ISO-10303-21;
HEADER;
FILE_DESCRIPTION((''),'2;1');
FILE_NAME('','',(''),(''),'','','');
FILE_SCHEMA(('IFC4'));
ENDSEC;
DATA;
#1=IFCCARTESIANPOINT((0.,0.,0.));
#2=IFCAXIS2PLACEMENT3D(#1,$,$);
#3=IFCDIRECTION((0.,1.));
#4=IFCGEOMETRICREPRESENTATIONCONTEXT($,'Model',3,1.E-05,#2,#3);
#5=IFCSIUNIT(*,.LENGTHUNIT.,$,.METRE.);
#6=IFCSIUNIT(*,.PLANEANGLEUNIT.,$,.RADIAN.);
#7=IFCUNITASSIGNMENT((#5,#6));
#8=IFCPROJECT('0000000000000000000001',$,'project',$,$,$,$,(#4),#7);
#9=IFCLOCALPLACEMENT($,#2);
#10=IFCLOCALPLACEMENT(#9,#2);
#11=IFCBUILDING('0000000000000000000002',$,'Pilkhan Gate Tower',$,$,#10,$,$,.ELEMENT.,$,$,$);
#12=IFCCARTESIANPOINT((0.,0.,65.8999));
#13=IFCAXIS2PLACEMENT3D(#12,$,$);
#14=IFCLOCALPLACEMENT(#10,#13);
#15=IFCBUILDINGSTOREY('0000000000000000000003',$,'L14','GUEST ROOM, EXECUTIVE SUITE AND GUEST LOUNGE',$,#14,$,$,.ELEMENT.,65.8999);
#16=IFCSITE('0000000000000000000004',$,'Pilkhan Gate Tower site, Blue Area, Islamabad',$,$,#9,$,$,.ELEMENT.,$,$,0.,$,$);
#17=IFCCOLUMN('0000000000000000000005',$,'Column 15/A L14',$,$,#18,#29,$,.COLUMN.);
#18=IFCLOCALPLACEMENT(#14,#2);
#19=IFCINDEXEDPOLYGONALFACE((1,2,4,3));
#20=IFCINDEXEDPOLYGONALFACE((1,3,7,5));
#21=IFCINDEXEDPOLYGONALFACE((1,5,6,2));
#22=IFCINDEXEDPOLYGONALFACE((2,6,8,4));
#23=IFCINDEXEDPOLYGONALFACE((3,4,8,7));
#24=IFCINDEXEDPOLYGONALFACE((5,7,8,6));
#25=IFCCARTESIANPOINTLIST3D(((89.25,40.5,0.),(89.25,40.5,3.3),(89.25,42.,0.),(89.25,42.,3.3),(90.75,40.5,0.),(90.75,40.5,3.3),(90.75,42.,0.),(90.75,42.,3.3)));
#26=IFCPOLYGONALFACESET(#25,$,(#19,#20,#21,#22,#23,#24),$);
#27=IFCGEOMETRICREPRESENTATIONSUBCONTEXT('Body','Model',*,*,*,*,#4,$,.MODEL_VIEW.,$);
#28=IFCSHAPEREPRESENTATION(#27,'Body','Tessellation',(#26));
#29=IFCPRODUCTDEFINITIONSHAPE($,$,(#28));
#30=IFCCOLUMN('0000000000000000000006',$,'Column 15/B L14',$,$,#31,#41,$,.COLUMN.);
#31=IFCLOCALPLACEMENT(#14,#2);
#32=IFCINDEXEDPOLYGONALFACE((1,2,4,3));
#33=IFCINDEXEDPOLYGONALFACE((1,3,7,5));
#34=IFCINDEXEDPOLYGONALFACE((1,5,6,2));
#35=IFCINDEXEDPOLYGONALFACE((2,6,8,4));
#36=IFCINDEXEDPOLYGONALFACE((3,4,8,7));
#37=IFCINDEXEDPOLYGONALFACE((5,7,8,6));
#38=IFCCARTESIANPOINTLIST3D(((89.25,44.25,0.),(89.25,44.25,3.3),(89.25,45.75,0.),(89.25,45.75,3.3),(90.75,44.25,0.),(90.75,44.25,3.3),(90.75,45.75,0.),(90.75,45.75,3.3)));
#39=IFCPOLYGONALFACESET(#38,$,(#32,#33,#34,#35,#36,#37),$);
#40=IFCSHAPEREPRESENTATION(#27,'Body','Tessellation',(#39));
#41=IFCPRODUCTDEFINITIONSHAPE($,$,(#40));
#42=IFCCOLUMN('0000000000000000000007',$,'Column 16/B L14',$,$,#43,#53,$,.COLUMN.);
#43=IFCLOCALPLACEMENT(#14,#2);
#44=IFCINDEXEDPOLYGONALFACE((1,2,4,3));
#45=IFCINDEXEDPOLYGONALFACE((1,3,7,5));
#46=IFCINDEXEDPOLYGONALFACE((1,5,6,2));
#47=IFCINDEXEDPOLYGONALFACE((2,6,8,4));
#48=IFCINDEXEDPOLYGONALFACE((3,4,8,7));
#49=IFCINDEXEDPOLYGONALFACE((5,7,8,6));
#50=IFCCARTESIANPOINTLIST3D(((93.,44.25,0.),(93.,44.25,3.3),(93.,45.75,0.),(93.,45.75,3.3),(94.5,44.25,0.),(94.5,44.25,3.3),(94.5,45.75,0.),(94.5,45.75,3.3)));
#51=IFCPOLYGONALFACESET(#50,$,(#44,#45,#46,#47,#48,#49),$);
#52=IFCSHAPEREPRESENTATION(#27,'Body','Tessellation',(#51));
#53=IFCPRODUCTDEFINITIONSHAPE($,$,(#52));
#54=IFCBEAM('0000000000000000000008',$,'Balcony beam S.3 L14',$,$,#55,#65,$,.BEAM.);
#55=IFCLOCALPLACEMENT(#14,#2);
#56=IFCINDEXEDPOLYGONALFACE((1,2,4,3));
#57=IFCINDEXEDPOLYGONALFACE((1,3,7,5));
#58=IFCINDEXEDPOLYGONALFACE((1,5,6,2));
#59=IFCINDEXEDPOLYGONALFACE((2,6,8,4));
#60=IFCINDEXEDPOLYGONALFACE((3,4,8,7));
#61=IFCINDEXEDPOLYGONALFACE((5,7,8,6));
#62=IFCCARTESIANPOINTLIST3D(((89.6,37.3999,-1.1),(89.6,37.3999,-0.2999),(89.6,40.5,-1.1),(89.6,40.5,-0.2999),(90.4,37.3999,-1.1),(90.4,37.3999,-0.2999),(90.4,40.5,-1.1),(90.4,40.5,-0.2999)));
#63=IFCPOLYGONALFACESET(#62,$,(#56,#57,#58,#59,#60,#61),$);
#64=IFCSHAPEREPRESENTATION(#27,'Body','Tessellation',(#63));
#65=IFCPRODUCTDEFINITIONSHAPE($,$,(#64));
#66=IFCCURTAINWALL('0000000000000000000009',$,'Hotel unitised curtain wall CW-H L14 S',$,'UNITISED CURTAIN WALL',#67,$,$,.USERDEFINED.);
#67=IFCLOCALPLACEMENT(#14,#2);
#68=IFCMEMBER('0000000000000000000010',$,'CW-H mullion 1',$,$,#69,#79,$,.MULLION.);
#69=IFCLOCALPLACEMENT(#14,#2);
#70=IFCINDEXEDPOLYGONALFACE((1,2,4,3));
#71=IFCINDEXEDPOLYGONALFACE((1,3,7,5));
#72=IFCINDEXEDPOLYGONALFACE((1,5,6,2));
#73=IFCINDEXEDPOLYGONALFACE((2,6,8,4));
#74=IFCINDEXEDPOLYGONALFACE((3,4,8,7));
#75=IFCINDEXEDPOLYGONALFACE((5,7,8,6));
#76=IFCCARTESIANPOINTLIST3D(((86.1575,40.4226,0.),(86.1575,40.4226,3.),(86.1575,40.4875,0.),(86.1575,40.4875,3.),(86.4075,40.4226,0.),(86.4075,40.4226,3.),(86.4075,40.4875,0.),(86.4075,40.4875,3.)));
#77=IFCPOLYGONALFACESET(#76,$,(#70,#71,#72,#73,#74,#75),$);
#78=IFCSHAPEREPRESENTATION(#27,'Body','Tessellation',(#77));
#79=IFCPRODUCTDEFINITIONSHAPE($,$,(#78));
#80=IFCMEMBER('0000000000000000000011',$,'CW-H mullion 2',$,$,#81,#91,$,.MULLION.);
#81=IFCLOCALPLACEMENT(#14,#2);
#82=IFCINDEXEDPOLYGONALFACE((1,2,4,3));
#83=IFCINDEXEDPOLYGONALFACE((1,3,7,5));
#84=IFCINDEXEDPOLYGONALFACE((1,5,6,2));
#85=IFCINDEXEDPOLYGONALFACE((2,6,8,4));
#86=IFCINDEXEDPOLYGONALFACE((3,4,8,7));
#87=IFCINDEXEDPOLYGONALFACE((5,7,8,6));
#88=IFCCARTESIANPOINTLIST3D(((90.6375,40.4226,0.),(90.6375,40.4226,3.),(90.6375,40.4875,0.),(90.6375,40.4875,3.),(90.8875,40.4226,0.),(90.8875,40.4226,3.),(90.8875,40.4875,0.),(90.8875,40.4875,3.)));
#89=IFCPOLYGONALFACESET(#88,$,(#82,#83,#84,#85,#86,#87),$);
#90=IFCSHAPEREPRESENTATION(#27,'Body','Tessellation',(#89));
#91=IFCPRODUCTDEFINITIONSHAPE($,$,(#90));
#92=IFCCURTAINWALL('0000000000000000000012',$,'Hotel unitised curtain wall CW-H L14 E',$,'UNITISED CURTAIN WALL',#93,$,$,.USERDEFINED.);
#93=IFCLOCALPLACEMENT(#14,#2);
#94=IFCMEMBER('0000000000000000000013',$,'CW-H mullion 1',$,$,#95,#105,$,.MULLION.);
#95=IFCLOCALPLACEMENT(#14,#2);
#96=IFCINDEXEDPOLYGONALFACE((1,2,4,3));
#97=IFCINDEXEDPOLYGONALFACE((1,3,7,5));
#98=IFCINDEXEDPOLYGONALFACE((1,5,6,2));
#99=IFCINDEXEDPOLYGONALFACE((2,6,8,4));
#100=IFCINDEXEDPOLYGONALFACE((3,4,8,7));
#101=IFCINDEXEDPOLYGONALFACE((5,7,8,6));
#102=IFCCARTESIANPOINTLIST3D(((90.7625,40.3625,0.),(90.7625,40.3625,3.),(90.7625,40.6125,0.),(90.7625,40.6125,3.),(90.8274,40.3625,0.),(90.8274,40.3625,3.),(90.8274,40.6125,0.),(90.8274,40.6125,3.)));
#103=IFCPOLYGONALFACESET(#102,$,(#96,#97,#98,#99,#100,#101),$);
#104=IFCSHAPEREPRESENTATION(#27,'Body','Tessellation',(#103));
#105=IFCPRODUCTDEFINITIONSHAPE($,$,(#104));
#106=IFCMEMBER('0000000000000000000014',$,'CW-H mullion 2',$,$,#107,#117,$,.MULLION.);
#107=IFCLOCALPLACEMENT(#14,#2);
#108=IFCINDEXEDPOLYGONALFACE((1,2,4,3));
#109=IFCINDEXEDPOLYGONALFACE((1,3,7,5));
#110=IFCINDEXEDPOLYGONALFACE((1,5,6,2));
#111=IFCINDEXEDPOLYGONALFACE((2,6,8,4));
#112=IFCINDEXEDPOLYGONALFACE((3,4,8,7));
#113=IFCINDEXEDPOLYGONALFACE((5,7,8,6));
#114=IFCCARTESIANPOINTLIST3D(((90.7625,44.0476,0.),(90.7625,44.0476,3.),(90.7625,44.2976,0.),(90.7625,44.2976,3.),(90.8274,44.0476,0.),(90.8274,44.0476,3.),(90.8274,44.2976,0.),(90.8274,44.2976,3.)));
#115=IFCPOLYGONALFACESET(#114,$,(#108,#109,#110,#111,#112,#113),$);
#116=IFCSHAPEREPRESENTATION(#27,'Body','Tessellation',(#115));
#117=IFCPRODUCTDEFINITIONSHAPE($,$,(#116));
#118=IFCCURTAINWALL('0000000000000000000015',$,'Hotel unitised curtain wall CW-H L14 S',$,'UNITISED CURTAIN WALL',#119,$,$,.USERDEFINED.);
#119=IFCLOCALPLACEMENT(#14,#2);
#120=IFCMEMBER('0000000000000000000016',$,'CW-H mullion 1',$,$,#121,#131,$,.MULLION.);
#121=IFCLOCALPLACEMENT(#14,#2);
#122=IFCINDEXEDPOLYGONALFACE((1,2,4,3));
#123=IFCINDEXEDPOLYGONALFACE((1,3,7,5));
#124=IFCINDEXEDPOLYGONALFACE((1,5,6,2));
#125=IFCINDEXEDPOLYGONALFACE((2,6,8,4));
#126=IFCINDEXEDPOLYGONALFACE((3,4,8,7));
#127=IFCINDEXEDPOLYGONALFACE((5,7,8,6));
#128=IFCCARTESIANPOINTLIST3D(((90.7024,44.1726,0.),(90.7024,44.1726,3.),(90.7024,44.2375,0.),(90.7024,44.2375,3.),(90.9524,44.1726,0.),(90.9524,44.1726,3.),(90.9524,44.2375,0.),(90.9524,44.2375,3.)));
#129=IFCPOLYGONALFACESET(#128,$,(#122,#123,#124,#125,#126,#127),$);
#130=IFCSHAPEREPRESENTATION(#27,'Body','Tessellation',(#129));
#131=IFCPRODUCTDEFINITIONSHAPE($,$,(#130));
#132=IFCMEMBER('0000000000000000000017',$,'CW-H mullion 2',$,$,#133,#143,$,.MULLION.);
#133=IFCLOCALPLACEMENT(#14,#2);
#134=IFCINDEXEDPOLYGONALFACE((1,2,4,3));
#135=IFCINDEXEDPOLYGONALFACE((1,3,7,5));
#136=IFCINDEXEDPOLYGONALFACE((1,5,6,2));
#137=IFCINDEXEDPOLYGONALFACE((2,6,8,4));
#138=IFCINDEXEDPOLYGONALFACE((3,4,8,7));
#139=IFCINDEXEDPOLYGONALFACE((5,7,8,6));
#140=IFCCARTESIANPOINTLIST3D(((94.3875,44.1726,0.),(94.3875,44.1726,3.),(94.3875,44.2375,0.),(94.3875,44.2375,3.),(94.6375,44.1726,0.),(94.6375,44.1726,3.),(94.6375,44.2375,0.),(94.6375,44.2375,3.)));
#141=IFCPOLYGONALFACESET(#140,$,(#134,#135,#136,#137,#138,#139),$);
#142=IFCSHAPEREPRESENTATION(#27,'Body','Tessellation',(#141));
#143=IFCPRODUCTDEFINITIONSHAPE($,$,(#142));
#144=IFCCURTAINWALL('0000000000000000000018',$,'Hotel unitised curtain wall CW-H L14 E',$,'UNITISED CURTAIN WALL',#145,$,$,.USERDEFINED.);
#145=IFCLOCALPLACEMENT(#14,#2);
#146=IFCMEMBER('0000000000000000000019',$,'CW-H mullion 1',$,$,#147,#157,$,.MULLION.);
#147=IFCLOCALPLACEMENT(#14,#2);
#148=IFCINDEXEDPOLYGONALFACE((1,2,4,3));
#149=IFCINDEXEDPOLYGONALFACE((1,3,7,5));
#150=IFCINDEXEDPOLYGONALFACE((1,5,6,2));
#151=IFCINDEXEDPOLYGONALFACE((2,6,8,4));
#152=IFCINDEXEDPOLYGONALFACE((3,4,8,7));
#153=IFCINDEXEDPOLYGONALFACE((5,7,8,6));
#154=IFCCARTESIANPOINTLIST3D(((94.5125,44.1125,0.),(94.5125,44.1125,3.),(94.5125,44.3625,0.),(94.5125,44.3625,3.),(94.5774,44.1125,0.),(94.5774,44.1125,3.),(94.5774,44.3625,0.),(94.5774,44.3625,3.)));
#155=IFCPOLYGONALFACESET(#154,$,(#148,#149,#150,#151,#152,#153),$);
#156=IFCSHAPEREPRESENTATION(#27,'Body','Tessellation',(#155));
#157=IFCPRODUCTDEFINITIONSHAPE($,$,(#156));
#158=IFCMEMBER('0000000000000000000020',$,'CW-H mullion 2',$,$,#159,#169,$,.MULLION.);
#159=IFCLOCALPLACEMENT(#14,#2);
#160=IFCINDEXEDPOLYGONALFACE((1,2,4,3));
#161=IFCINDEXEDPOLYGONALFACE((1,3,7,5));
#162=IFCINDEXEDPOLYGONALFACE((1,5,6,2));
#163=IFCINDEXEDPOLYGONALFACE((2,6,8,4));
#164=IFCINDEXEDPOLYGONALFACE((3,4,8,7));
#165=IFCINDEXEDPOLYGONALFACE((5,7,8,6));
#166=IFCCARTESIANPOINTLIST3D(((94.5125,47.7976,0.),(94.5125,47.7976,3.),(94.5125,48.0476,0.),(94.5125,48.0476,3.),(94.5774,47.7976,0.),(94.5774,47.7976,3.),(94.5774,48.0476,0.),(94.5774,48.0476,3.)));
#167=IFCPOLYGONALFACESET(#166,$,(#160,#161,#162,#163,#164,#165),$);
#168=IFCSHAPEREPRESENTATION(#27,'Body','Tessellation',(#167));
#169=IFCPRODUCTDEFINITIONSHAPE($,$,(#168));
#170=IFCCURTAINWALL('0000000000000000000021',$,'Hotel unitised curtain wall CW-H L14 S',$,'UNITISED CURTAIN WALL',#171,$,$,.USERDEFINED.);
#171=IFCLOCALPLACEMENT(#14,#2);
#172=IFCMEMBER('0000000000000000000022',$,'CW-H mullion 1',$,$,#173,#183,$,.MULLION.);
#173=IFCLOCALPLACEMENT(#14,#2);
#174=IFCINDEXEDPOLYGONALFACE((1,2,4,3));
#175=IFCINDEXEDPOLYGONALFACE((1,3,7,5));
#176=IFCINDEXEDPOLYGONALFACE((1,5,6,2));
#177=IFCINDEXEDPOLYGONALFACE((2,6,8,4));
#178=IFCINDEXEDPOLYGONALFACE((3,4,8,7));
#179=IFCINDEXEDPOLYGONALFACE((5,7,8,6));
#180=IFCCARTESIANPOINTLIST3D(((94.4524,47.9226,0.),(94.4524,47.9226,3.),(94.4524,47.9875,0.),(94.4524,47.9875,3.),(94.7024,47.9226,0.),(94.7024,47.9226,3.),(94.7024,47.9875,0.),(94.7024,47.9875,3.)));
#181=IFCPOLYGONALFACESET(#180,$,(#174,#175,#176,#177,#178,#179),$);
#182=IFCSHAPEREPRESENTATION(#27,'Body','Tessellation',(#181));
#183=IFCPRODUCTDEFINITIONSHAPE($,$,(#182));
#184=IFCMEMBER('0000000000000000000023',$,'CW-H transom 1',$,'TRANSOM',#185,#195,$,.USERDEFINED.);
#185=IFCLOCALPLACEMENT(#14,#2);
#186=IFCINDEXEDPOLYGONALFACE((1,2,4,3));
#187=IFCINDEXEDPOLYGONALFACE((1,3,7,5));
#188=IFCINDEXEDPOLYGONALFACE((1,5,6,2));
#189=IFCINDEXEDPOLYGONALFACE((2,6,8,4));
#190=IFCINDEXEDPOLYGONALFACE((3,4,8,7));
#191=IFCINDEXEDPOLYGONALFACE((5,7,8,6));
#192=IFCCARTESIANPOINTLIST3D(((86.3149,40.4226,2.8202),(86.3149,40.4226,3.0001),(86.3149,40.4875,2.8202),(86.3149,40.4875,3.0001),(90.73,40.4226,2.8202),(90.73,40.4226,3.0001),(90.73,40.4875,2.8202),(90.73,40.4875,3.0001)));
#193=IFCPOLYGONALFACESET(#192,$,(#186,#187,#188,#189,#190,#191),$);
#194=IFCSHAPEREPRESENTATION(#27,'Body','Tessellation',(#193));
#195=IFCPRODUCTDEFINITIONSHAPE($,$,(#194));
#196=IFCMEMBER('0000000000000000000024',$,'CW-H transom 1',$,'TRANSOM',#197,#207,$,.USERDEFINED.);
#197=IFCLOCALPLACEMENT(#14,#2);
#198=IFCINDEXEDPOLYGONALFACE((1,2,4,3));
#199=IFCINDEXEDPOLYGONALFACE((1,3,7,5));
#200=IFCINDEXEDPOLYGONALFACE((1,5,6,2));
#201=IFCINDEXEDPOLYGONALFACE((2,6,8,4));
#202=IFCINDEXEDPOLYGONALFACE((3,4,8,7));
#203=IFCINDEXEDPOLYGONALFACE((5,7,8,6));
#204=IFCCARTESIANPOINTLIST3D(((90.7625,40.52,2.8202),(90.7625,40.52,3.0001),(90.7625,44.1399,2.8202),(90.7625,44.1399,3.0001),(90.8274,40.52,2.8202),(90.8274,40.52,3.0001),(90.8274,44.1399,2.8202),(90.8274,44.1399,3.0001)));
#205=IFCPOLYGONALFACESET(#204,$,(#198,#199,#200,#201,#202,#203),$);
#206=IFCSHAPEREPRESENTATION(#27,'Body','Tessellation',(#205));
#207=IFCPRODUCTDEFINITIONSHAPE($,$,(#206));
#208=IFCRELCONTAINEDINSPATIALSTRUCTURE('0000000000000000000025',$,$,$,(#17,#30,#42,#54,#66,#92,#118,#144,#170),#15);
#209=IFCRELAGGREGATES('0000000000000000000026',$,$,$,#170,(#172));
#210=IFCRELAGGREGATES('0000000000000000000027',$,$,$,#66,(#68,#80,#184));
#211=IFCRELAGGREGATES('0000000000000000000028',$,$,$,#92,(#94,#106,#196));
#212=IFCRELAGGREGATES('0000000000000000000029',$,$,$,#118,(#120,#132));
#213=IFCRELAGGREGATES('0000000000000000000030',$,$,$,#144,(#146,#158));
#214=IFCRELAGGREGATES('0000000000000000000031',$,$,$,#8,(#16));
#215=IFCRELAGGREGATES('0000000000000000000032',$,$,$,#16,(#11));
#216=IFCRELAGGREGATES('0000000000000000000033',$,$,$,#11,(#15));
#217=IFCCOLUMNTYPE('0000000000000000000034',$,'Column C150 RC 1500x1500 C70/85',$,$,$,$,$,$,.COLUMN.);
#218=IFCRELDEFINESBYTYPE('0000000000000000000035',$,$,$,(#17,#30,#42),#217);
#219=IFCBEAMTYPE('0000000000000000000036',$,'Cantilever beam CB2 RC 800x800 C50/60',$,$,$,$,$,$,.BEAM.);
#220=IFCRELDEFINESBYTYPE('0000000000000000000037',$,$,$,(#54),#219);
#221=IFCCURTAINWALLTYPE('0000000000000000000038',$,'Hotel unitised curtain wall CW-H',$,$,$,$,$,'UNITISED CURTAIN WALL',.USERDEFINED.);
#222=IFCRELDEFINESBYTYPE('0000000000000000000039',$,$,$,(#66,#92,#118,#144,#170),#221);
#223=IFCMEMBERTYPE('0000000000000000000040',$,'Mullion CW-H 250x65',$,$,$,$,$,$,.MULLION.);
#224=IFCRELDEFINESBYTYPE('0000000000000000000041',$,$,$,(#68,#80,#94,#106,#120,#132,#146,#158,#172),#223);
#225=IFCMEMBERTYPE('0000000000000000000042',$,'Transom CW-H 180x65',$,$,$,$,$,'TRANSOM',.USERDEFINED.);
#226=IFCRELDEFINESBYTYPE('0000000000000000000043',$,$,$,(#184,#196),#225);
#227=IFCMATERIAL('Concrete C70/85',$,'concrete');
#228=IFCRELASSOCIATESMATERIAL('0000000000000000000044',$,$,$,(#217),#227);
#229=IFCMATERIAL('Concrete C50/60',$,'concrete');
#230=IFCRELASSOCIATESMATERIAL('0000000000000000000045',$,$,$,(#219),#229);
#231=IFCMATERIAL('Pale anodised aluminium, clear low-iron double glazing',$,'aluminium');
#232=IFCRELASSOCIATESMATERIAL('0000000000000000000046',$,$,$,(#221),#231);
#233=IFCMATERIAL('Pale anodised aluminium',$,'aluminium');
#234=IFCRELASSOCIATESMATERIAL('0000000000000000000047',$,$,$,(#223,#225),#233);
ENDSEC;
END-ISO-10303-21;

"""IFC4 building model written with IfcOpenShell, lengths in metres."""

from ifc_helpers import new_model, si_unit, direction, frame, origin, origin_2d, place, context, subcontext, project, spatial, rectangle, extrude, material, material_profile, profile_set, type_object, element, aggregate, save


model = new_model("IFC4")

# Units and contexts
model_context = context("Model", 3, precision=1e-05, world=origin(), true_north=direction((0.0, 1.0)))
body_context = subcontext(model_context, "Body", "Model", "MODEL_VIEW")
ifc_project = project(units=[si_unit("LENGTHUNIT", "METRE"), si_unit("PLANEANGLEUNIT", "RADIAN")], contexts=[model_context])

# Site, building, storey
site_placement = place(None, origin())
site = spatial("IfcSite", under=ifc_project, at=site_placement, Name="Pilkhan Gate Tower site, Blue Area, Islamabad", CompositionType="ELEMENT", RefElevation=0.0)
building_placement = place(site_placement, origin())
building = spatial("IfcBuilding", under=site, at=building_placement, Name="Pilkhan Gate Tower", CompositionType="ELEMENT")
storey_placement = place(building_placement, frame((0.0, 0.0, 65.8999)))
storey = spatial("IfcBuildingStorey", under=building, at=storey_placement, Name="L14", Description="GUEST ROOM, EXECUTIVE SUITE AND GUEST LOUNGE", CompositionType="ELEMENT", Elevation=65.8999)

# Columns
ifc_material_1 = material(Name="Concrete C70/85", Category="concrete")
ifc_material_profile_1 = material_profile(ifc_material_1, rectangle(XDim=1.5, YDim=1.5, at=origin_2d()), Name="RC 1500x1500")
ifc_profile_set_1 = profile_set([ifc_material_profile_1], Name="Concrete C70/85")
column_type = type_object("IfcColumnType", Name="Column C150 RC 1500x1500 C70/85", PredefinedType="COLUMN", material=ifc_profile_set_1)
for number, where, z_axis, x_axis, name in (
    (1, (90.0, 41.25, 0.0), (0.0, 0.0, 1.0), (1.0, 0.0, 0.0), "Column 15/A L14"),
    (2, (90.0, 45.0, 0.0), (0.0, 0.0, 1.0), (1.0, 0.0, 0.0), "Column 15/B L14"),
    (3, (93.75, 45.0, 0.0), (0.0, 0.0, 1.0), (1.0, 0.0, 0.0), "Column 16/B L14"),
):
    element("IfcColumn", number, at=place(storey_placement, frame(where, z_axis=z_axis, x_axis=x_axis)), inside=storey, type_object=column_type, Name=name, PredefinedType="COLUMN", context=body_context, shape_type="SweptSolid", body=[
        extrude(rectangle(XDim=1.5, YDim=1.5, at=origin_2d()), origin(), (0.0, 0.0, 1.0), 3.3),
    ])

# Beam
ifc_material_2 = material(Name="Concrete C50/60", Category="concrete")
ifc_material_profile_2 = material_profile(ifc_material_2, rectangle(XDim=0.8, YDim=0.8, at=origin_2d()), Name="RC 800x800")
ifc_profile_set_2 = profile_set([ifc_material_profile_2], Name="Concrete C50/60")
beam_type = type_object("IfcBeamType", Name="Cantilever beam CB2 RC 800x800 C50/60", PredefinedType="BEAM", material=ifc_profile_set_2)
beam_placement = place(storey_placement, frame((90.0, 40.5, -0.7), z_axis=(0.0, -1.0, 0.0), x_axis=(1.0, 0.0, 0.0)))
element("IfcBeam", 4, at=beam_placement, inside=storey, type_object=beam_type, Name="Balcony beam S.3 L14", PredefinedType="BEAM", context=body_context, shape_type="SweptSolid", body=[
    extrude(rectangle(XDim=0.8, YDim=0.8, at=origin_2d()), origin(), (0.0, 0.0, 1.0), 3.1001),
])

# Curtain walls, members
ifc_material_3 = material(Name="Pale anodised aluminium, clear low-iron double glazing", Category="aluminium")
curtain_wall_type = type_object("IfcCurtainWallType", Name="Hotel unitised curtain wall CW-H", ElementType="UNITISED CURTAIN WALL", PredefinedType="USERDEFINED", material=ifc_material_3)
curtain_wall_1_placement = place(storey_placement, origin())
curtain_wall_1 = element("IfcCurtainWall", 5, at=curtain_wall_1_placement, inside=storey, type_object=curtain_wall_type, Name="Hotel unitised curtain wall CW-H L14 S", ObjectType="UNITISED CURTAIN WALL", PredefinedType="USERDEFINED")
ifc_material_4 = material(Name="Pale anodised aluminium", Category="aluminium")
ifc_material_profile_3 = material_profile(ifc_material_4, rectangle(XDim=0.0649, YDim=0.25, at=origin_2d()), Name="Mullion 250x65")
ifc_profile_set_3 = profile_set([ifc_material_profile_3], Name="Pale anodised aluminium")
member_type_1 = type_object("IfcMemberType", Name="Mullion CW-H 250x65", PredefinedType="MULLION", material=ifc_profile_set_3)
member_1_placement = place(storey_placement, frame((86.2825, 40.4551, 0.0), z_axis=(0.0, 0.0, 1.0), x_axis=(0.0, 1.0, 0.0)))
member_1 = element("IfcMember", 6, at=member_1_placement, type_object=member_type_1, Name="CW-H mullion 1", PredefinedType="MULLION", context=body_context, shape_type="SweptSolid", body=[
    extrude(rectangle(XDim=0.0649, YDim=0.25, at=origin_2d()), origin(), (0.0, 0.0, 1.0), 3.0),
])
member_2_placement = place(storey_placement, frame((90.7625, 40.4551, 0.0), z_axis=(0.0, 0.0, 1.0), x_axis=(0.0, 1.0, 0.0)))
member_2 = element("IfcMember", 7, at=member_2_placement, type_object=member_type_1, Name="CW-H mullion 2", PredefinedType="MULLION", context=body_context, shape_type="SweptSolid", body=[
    extrude(rectangle(XDim=0.0649, YDim=0.25, at=origin_2d()), origin(), (0.0, 0.0, 1.0), 3.0),
])
curtain_wall_2_placement = place(storey_placement, origin())
curtain_wall_2 = element("IfcCurtainWall", 8, at=curtain_wall_2_placement, inside=storey, type_object=curtain_wall_type, Name="Hotel unitised curtain wall CW-H L14 E", ObjectType="UNITISED CURTAIN WALL", PredefinedType="USERDEFINED")
member_3_placement = place(storey_placement, frame((90.7949, 40.4875, 0.0), z_axis=(0.0, 0.0, 1.0), x_axis=(-1.0, 0.0, 0.0)))
member_3 = element("IfcMember", 9, at=member_3_placement, type_object=member_type_1, Name="CW-H mullion 1", PredefinedType="MULLION", context=body_context, shape_type="SweptSolid", body=[
    extrude(rectangle(XDim=0.0649, YDim=0.25, at=origin_2d()), origin(), (0.0, 0.0, 1.0), 3.0),
])
member_4_placement = place(storey_placement, frame((90.7949, 44.1726, 0.0), z_axis=(0.0, 0.0, 1.0), x_axis=(-1.0, 0.0, 0.0)))
member_4 = element("IfcMember", 10, at=member_4_placement, type_object=member_type_1, Name="CW-H mullion 2", PredefinedType="MULLION", context=body_context, shape_type="SweptSolid", body=[
    extrude(rectangle(XDim=0.0649, YDim=0.25, at=origin_2d()), origin(), (0.0, 0.0, 1.0), 3.0),
])
curtain_wall_3_placement = place(storey_placement, origin())
curtain_wall_3 = element("IfcCurtainWall", 11, at=curtain_wall_3_placement, inside=storey, type_object=curtain_wall_type, Name="Hotel unitised curtain wall CW-H L14 S", ObjectType="UNITISED CURTAIN WALL", PredefinedType="USERDEFINED")
member_5_placement = place(storey_placement, frame((90.8274, 44.2051, 0.0), z_axis=(0.0, 0.0, 1.0), x_axis=(0.0, 1.0, 0.0)))
member_5 = element("IfcMember", 12, at=member_5_placement, type_object=member_type_1, Name="CW-H mullion 1", PredefinedType="MULLION", context=body_context, shape_type="SweptSolid", body=[
    extrude(rectangle(XDim=0.0649, YDim=0.25, at=origin_2d()), origin(), (0.0, 0.0, 1.0), 3.0),
])
member_6_placement = place(storey_placement, frame((94.5125, 44.2051, 0.0), z_axis=(0.0, 0.0, 1.0), x_axis=(0.0, 1.0, 0.0)))
member_6 = element("IfcMember", 13, at=member_6_placement, type_object=member_type_1, Name="CW-H mullion 2", PredefinedType="MULLION", context=body_context, shape_type="SweptSolid", body=[
    extrude(rectangle(XDim=0.0649, YDim=0.25, at=origin_2d()), origin(), (0.0, 0.0, 1.0), 3.0),
])
curtain_wall_4_placement = place(storey_placement, origin())
curtain_wall_4 = element("IfcCurtainWall", 14, at=curtain_wall_4_placement, inside=storey, type_object=curtain_wall_type, Name="Hotel unitised curtain wall CW-H L14 E", ObjectType="UNITISED CURTAIN WALL", PredefinedType="USERDEFINED")
member_7_placement = place(storey_placement, frame((94.5449, 44.2375, 0.0), z_axis=(0.0, 0.0, 1.0), x_axis=(-1.0, 0.0, 0.0)))
member_7 = element("IfcMember", 15, at=member_7_placement, type_object=member_type_1, Name="CW-H mullion 1", PredefinedType="MULLION", context=body_context, shape_type="SweptSolid", body=[
    extrude(rectangle(XDim=0.0649, YDim=0.25, at=origin_2d()), origin(), (0.0, 0.0, 1.0), 3.0),
])
member_8_placement = place(storey_placement, frame((94.5449, 47.9226, 0.0), z_axis=(0.0, 0.0, 1.0), x_axis=(-1.0, 0.0, 0.0)))
member_8 = element("IfcMember", 16, at=member_8_placement, type_object=member_type_1, Name="CW-H mullion 2", PredefinedType="MULLION", context=body_context, shape_type="SweptSolid", body=[
    extrude(rectangle(XDim=0.0649, YDim=0.25, at=origin_2d()), origin(), (0.0, 0.0, 1.0), 3.0),
])

# Curtain wall, member
curtain_wall_5_placement = place(storey_placement, origin())
curtain_wall_5 = element("IfcCurtainWall", 17, at=curtain_wall_5_placement, inside=storey, type_object=curtain_wall_type, Name="Hotel unitised curtain wall CW-H L14 S", ObjectType="UNITISED CURTAIN WALL", PredefinedType="USERDEFINED")
member_9_placement = place(storey_placement, frame((94.5774, 47.9551, 0.0), z_axis=(0.0, 0.0, 1.0), x_axis=(0.0, 1.0, 0.0)))
member_9 = element("IfcMember", 18, at=member_9_placement, type_object=member_type_1, Name="CW-H mullion 1", PredefinedType="MULLION", context=body_context, shape_type="SweptSolid", body=[
    extrude(rectangle(XDim=0.0649, YDim=0.25, at=origin_2d()), origin(), (0.0, 0.0, 1.0), 3.0),
])

# Members
ifc_material_profile_4 = material_profile(ifc_material_4, rectangle(XDim=0.0649, YDim=0.1799, at=origin_2d()), Name="Transom 180x65")
ifc_profile_set_4 = profile_set([ifc_material_profile_4], Name="Pale anodised aluminium")
member_type_2 = type_object("IfcMemberType", Name="Transom CW-H 180x65", ElementType="TRANSOM", PredefinedType="USERDEFINED", material=ifc_profile_set_4)
member_10_placement = place(storey_placement, frame((86.3149, 40.4551, 2.9102), z_axis=(1.0, 0.0, 0.0), x_axis=(0.0, 1.0, 0.0)))
member_10 = element("IfcMember", 19, at=member_10_placement, type_object=member_type_2, Name="CW-H transom 1", ObjectType="TRANSOM", PredefinedType="USERDEFINED", context=body_context, shape_type="SweptSolid", body=[
    extrude(rectangle(XDim=0.0649, YDim=0.1799, at=origin_2d()), origin(), (0.0, 0.0, 1.0), 4.415),
])
member_11_placement = place(storey_placement, frame((90.7949, 40.52, 2.9102), z_axis=(0.0, 1.0, 0.0), x_axis=(-1.0, 0.0, 0.0)))
member_11 = element("IfcMember", 20, at=member_11_placement, type_object=member_type_2, Name="CW-H transom 1", ObjectType="TRANSOM", PredefinedType="USERDEFINED", context=body_context, shape_type="SweptSolid", body=[
    extrude(rectangle(XDim=0.0649, YDim=0.1799, at=origin_2d()), origin(), (0.0, 0.0, 1.0), 3.6199),
])
aggregate(curtain_wall_5, [member_9])

aggregate(curtain_wall_1, [member_1, member_2, member_10])
aggregate(curtain_wall_2, [member_3, member_4, member_11])
aggregate(curtain_wall_3, [member_5, member_6])
aggregate(curtain_wall_4, [member_7, member_8])

save(model, "model.ifc")
